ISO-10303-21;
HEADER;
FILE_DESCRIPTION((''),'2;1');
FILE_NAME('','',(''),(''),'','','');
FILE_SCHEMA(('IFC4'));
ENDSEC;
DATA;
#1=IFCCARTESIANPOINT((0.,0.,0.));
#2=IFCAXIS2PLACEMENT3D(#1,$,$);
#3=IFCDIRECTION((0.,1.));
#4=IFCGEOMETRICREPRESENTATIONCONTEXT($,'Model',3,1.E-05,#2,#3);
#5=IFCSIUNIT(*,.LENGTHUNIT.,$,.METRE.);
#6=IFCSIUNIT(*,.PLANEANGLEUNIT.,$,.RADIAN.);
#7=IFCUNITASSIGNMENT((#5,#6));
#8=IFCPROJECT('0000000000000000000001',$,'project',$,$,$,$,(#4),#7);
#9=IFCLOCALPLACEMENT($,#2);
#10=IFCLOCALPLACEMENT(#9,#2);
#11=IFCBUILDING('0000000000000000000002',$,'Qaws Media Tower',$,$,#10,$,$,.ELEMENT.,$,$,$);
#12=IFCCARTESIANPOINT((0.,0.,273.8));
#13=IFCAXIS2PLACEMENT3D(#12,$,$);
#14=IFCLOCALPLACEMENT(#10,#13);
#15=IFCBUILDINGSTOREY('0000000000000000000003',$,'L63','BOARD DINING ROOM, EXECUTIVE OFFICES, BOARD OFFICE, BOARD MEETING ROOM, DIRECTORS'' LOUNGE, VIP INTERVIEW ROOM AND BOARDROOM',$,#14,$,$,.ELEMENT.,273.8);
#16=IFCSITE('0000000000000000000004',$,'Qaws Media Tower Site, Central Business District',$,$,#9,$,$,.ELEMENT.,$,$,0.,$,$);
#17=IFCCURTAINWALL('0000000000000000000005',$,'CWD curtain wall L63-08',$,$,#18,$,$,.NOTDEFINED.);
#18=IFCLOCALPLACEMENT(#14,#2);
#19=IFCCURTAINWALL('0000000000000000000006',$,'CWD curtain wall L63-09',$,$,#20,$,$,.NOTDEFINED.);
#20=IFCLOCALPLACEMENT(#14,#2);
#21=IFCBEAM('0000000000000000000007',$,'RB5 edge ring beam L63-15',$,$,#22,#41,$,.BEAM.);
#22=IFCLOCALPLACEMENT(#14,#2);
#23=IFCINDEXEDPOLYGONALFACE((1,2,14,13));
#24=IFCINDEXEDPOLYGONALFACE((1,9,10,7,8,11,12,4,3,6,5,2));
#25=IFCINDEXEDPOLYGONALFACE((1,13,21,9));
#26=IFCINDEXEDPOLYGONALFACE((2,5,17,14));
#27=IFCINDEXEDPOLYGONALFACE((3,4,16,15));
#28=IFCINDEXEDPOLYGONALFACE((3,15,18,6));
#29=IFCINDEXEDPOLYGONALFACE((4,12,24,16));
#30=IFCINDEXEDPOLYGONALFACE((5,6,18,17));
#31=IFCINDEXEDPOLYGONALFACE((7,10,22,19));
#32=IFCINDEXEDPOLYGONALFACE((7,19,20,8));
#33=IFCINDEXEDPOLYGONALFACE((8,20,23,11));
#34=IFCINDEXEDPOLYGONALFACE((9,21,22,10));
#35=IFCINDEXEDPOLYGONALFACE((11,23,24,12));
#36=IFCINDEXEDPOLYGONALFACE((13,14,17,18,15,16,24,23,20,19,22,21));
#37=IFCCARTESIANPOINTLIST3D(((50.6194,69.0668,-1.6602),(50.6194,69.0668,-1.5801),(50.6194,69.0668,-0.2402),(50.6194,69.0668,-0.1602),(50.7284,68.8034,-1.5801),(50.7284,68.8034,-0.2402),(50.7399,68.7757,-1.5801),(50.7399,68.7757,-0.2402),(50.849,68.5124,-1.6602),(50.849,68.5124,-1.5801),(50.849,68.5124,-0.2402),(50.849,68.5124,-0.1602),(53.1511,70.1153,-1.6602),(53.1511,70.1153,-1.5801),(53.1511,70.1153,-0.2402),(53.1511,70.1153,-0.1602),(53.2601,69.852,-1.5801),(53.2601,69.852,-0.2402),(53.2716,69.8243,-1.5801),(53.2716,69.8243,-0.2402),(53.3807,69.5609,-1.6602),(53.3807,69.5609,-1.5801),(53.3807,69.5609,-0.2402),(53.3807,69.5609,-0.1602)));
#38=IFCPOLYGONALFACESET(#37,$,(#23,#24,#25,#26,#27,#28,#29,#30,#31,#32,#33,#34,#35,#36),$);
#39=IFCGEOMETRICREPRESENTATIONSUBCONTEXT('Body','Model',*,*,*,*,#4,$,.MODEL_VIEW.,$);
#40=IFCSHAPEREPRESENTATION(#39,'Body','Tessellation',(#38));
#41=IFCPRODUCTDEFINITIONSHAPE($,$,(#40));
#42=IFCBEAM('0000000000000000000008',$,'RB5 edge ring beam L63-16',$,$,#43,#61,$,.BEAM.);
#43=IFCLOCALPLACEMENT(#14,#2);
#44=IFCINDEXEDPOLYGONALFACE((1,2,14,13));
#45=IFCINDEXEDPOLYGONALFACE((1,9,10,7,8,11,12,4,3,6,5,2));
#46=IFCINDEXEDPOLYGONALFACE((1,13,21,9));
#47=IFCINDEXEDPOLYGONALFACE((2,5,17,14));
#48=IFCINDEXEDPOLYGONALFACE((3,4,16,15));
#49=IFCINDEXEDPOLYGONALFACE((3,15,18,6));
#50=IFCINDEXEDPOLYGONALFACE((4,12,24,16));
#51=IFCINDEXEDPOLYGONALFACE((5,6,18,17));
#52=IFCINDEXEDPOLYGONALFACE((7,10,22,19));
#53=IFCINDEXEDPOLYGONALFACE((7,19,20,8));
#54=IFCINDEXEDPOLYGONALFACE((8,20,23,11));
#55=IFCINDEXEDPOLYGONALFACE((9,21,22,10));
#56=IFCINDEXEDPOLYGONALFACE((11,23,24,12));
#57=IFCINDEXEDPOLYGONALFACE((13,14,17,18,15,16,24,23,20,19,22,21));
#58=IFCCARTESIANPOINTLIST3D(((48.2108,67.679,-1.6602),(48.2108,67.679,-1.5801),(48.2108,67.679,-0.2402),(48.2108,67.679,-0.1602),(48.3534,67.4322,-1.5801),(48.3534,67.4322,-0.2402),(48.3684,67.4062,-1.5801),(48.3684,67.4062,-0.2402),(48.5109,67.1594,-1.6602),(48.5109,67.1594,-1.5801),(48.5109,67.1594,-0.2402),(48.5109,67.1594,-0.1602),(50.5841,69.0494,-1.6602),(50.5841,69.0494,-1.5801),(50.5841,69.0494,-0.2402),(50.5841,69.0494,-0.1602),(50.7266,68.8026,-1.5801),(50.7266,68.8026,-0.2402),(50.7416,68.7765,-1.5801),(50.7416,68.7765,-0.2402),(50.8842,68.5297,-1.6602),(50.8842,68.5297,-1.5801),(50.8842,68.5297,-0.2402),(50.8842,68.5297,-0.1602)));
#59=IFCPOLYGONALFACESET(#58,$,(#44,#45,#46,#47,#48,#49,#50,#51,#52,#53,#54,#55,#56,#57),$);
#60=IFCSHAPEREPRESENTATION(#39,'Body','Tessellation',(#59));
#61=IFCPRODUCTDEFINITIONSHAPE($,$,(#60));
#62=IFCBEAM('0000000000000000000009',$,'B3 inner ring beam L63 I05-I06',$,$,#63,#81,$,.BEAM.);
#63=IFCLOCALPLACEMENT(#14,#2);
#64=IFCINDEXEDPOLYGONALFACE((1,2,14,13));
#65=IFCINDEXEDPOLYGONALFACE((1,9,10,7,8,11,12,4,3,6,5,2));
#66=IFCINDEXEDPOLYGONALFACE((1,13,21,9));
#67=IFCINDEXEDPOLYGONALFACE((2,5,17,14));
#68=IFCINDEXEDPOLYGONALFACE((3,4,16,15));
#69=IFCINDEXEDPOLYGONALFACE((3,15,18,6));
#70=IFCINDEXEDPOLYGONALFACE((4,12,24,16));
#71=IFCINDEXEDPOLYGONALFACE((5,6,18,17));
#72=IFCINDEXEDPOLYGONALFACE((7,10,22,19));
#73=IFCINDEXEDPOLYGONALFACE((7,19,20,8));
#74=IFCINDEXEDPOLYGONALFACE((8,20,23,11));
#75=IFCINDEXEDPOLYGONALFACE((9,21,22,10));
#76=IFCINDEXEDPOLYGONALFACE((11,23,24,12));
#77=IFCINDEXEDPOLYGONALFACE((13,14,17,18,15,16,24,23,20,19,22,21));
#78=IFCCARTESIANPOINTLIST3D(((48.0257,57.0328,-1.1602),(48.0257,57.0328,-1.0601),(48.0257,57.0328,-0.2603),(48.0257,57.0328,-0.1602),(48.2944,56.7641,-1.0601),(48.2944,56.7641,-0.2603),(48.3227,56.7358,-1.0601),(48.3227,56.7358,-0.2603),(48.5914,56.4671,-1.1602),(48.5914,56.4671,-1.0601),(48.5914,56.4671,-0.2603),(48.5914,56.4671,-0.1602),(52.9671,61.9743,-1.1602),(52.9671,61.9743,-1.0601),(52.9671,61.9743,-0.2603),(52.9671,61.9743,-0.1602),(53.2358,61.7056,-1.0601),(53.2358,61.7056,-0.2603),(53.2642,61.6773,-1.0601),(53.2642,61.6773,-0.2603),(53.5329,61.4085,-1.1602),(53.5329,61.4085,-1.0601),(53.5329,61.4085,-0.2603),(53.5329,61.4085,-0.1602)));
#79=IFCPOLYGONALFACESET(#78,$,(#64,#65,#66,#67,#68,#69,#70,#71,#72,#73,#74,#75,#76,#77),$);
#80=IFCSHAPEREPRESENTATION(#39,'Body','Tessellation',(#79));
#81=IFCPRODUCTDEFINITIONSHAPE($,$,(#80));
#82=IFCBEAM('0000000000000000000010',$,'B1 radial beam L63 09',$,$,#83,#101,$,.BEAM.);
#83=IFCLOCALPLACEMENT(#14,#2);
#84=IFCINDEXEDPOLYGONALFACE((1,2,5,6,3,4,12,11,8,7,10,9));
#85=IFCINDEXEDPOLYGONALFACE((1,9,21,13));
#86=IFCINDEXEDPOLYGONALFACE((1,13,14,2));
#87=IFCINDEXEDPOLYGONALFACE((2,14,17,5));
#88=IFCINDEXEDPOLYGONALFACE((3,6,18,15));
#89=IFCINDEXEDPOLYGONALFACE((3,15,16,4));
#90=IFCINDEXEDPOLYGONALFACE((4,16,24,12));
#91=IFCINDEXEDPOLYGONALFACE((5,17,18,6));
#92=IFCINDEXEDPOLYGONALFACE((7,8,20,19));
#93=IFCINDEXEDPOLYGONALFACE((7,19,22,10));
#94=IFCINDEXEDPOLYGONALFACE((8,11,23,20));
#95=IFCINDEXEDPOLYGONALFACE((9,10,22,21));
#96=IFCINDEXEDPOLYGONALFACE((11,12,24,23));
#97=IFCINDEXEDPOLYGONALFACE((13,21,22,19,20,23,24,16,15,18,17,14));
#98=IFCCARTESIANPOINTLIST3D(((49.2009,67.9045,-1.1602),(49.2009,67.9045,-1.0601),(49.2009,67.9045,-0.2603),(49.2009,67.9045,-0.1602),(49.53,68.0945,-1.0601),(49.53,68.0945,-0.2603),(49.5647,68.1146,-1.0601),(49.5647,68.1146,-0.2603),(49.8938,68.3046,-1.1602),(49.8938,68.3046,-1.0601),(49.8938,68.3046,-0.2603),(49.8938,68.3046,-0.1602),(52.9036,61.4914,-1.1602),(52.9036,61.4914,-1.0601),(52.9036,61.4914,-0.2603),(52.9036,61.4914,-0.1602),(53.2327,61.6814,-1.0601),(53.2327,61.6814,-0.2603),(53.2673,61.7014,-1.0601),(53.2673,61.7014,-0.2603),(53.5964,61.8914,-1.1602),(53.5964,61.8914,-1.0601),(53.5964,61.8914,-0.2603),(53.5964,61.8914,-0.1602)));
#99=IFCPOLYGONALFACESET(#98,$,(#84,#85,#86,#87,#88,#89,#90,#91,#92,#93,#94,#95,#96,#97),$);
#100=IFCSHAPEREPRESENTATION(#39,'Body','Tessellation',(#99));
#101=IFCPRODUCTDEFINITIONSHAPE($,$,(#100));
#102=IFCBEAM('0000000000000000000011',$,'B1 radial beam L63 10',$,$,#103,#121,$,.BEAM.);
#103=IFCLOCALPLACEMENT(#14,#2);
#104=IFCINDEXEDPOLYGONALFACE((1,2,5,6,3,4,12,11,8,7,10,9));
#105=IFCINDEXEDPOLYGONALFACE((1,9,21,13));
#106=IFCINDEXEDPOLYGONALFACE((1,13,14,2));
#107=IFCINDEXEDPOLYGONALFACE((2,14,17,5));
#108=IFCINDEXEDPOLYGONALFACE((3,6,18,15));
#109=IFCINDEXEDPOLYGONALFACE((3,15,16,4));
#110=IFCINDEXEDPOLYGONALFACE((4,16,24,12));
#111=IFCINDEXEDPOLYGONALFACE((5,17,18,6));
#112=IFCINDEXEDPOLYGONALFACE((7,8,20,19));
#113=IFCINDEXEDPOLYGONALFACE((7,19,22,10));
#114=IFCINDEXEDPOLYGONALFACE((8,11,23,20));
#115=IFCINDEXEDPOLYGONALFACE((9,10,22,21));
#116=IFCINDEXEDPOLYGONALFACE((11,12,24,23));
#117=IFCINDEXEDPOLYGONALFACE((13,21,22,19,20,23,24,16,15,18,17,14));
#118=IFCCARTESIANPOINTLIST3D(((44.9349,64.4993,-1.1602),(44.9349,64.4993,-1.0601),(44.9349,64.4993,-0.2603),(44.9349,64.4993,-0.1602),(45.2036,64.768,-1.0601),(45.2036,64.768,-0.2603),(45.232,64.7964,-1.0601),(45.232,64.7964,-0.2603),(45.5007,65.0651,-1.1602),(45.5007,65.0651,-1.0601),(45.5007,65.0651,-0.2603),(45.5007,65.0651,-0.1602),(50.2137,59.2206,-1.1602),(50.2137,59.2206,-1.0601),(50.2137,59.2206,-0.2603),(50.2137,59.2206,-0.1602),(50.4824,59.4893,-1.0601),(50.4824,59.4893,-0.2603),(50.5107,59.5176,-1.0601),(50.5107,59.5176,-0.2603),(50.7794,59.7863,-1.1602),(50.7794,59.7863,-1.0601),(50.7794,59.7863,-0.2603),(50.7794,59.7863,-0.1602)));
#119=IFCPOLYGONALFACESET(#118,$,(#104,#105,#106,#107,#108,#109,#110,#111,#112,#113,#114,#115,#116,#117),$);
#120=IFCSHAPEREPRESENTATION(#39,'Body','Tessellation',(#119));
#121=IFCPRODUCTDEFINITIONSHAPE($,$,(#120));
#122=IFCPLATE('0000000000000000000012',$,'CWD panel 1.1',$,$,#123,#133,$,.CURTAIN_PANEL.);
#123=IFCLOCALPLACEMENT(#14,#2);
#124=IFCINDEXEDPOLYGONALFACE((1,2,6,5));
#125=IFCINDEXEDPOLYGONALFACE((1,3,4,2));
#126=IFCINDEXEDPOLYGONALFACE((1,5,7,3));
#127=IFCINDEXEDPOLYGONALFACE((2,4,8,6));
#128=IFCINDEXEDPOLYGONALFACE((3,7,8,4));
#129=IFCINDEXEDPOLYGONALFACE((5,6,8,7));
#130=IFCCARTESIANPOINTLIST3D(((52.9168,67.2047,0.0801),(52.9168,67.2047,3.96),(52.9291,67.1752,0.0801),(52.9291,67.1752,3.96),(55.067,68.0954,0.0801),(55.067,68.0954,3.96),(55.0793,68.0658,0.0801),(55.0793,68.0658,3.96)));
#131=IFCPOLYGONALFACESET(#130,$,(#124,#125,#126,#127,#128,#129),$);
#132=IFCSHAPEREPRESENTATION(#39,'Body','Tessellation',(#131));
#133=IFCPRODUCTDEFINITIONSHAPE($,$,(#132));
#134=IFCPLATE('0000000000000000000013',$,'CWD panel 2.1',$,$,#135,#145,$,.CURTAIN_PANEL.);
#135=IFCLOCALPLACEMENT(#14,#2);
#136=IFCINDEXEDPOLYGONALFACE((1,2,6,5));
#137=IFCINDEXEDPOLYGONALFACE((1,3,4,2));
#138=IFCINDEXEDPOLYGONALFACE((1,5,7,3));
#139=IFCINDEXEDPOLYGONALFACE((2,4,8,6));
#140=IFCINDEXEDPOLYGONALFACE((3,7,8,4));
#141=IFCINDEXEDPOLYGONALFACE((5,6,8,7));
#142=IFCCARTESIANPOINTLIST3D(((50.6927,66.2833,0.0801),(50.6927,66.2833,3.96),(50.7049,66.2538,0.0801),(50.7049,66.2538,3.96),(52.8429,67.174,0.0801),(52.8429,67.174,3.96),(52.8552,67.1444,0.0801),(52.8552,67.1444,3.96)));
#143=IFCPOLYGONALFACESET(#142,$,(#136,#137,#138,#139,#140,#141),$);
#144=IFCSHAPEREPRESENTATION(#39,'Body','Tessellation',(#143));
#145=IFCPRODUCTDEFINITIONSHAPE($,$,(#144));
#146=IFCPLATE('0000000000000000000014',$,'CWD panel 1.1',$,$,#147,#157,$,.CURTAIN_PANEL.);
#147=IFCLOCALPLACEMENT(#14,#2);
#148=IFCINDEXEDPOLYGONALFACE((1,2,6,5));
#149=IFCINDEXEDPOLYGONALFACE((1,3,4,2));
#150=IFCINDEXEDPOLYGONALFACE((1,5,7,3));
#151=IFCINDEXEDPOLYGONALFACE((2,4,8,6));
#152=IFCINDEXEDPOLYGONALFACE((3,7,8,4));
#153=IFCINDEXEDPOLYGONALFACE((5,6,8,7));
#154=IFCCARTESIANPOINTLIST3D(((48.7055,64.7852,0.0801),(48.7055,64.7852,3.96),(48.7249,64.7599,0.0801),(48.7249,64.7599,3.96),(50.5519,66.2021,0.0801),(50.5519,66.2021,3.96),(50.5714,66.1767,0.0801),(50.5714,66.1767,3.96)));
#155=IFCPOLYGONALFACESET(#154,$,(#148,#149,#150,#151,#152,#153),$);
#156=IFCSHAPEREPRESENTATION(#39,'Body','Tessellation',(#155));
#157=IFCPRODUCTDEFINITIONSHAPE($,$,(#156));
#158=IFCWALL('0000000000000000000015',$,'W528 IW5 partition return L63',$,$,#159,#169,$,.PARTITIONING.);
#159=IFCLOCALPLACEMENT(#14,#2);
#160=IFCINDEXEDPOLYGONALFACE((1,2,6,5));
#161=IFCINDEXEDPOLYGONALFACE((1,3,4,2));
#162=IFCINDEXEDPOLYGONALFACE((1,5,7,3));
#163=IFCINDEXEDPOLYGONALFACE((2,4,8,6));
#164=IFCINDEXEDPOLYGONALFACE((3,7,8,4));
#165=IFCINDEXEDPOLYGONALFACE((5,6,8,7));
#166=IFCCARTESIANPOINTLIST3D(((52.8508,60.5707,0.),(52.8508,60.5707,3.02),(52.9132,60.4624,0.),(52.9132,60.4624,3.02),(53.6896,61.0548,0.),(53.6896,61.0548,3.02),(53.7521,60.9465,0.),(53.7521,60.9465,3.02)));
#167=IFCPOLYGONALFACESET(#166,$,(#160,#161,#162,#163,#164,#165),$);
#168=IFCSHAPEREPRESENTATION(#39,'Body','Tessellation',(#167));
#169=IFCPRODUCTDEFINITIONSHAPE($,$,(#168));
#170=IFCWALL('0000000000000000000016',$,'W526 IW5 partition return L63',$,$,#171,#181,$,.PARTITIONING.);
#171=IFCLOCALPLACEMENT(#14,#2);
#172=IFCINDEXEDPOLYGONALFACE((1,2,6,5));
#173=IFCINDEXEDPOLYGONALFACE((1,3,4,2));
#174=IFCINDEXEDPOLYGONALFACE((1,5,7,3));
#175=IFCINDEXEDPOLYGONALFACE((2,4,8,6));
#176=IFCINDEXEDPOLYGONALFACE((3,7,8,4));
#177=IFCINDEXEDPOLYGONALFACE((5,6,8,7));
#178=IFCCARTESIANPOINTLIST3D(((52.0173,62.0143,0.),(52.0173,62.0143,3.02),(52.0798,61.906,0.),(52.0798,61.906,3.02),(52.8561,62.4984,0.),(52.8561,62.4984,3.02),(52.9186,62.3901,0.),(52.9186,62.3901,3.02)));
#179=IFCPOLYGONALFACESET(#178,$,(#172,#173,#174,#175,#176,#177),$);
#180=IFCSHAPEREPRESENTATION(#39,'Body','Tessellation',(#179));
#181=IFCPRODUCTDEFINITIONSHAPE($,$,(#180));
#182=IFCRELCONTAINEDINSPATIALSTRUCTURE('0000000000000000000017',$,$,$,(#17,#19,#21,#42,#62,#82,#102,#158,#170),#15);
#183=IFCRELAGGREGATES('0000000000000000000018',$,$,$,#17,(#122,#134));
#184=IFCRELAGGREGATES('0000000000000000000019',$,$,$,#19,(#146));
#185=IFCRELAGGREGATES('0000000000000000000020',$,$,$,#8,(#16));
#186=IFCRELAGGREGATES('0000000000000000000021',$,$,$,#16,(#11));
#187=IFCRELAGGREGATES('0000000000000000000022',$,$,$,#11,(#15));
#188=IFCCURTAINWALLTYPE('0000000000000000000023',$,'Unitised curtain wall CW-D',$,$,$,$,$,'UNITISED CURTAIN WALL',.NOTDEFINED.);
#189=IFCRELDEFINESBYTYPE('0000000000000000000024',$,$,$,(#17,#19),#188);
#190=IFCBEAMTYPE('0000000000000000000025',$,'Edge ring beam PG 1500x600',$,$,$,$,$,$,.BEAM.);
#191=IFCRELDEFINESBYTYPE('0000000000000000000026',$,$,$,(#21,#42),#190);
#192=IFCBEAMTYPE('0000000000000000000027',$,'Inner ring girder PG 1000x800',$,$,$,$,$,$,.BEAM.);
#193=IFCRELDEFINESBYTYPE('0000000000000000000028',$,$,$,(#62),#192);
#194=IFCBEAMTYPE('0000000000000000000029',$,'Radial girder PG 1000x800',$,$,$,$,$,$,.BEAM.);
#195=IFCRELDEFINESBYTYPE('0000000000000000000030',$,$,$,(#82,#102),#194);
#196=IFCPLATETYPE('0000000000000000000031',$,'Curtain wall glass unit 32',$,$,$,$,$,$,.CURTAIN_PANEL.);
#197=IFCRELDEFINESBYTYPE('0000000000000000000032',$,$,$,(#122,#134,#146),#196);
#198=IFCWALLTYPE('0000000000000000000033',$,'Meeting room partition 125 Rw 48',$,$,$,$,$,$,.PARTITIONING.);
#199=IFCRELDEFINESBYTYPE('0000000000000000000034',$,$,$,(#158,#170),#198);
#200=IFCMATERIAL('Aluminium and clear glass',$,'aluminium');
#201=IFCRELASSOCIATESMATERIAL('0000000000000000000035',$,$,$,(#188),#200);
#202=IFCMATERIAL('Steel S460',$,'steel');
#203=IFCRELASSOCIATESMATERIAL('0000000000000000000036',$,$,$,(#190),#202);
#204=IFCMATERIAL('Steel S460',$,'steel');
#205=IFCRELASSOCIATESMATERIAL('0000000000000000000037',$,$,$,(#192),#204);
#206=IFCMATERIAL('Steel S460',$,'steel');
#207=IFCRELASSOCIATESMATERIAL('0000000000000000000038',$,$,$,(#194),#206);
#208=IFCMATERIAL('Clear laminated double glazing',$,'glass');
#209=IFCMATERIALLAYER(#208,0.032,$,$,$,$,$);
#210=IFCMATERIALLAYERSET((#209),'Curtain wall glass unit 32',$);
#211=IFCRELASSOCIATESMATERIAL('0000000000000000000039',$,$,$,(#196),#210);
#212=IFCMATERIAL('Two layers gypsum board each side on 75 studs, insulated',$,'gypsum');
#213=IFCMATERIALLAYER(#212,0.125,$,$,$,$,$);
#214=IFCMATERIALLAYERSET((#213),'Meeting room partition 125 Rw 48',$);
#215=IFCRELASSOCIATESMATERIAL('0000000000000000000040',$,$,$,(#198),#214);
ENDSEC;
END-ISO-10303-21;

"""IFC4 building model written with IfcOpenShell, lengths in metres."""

from ifc_helpers import new_model, si_unit, direction, frame, frame_2d, origin, origin_2d, place, context, subcontext, project, spatial, rectangle, i_section, extrude, material, layer, layer_set, material_profile, profile_set, type_object, element, aggregate, save


model = new_model("IFC4")

# Units and contexts
model_context = context("Model", 3, precision=1e-05, world=origin(), true_north=direction((0.0, 1.0)))
body_context = subcontext(model_context, "Body", "Model", "MODEL_VIEW")
ifc_project = project(units=[si_unit("LENGTHUNIT", "METRE"), si_unit("PLANEANGLEUNIT", "RADIAN")], contexts=[model_context])

# Site, building, storey
site_placement = place(None, origin())
site = spatial("IfcSite", under=ifc_project, at=site_placement, Name="Qaws Media Tower Site, Central Business District", CompositionType="ELEMENT", RefElevation=0.0)
building_placement = place(site_placement, origin())
building = spatial("IfcBuilding", under=site, at=building_placement, Name="Qaws Media Tower", CompositionType="ELEMENT")
storey_placement = place(building_placement, frame((0.0, 0.0, 273.8)))
storey = spatial("IfcBuildingStorey", under=building, at=storey_placement, Name="L63", Description="BOARD DINING ROOM, EXECUTIVE OFFICES, BOARD OFFICE, BOARD MEETING ROOM, DIRECTORS' LOUNGE, VIP INTERVIEW ROOM AND BOARDROOM", CompositionType="ELEMENT", Elevation=273.8)

# Curtain wall
ifc_material_1 = material(Name="Aluminium and clear glass", Category="aluminium")
curtain_wall_type = type_object("IfcCurtainWallType", Name="Unitised curtain wall CW-D", ElementType="UNITISED CURTAIN WALL", PredefinedType="NOTDEFINED", material=ifc_material_1)
curtain_wall_1_placement = place(storey_placement, origin())
curtain_wall_1 = element("IfcCurtainWall", 1, at=curtain_wall_1_placement, inside=storey, type_object=curtain_wall_type, Name="CWD curtain wall L63-08", PredefinedType="NOTDEFINED")

# Curtain wall
curtain_wall_2_placement = place(storey_placement, origin())
curtain_wall_2 = element("IfcCurtainWall", 2, at=curtain_wall_2_placement, inside=storey, type_object=curtain_wall_type, Name="CWD curtain wall L63-09", PredefinedType="NOTDEFINED")

# Beams
ifc_material_2 = material(Name="Steel S460", Category="steel")
ifc_material_profile_1 = material_profile(ifc_material_2, i_section(OverallWidth=0.6001, OverallDepth=1.5, WebThickness=0.03, FlangeThickness=0.0801, at=origin_2d()), Name="PG 1500x600")
ifc_profile_set_1 = profile_set([ifc_material_profile_1], Name="Steel S460")
beam_type_1 = type_object("IfcBeamType", Name="Edge ring beam PG 1500x600", PredefinedType="BEAM", material=ifc_profile_set_1)
for number, where, z_axis, x_axis, name in (
    (3, (53.2659, 69.8381, -0.9102), (-0.923892, -0.382653, 0.0), (0.382653, -0.923892, 0.0), "RB5 edge ring beam L63-15"),
):
    element("IfcBeam", number, at=place(storey_placement, frame(where, z_axis=z_axis, x_axis=x_axis)), inside=storey, type_object=beam_type_1, Name=name, PredefinedType="BEAM", context=body_context, shape_type="SweptSolid", body=[
        extrude(i_section(OverallWidth=0.6001, OverallDepth=1.5, WebThickness=0.03, FlangeThickness=0.0801, at=origin_2d()), origin(), (0.0, 0.0, 1.0), 2.7402),
    ])
beam_1_placement = place(storey_placement, frame((50.7341, 68.7896, -0.9102), z_axis=(-0.866003, -0.500039, 0.0), x_axis=(0.500039, -0.866003, 0.0)))
element("IfcBeam", 4, at=beam_1_placement, inside=storey, type_object=beam_type_1, Name="RB5 edge ring beam L63-16", PredefinedType="BEAM", context=body_context, shape_type="SweptSolid", body=[
    extrude(i_section(OverallWidth=0.6001, OverallDepth=1.5, WebThickness=0.03, FlangeThickness=0.0801, at=origin_2d()), origin(), (0.0, 0.0, 1.0), 2.7405),
])
ifc_material_3 = material(Name="Steel S460", Category="steel")
ifc_material_profile_2 = material_profile(ifc_material_3, i_section(OverallWidth=0.8, OverallDepth=1.0, WebThickness=0.04, FlangeThickness=0.1001, at=origin_2d()), Name="PG 1000x800")
ifc_profile_set_2 = profile_set([ifc_material_profile_2], Name="Steel S460")
beam_type_2 = type_object("IfcBeamType", Name="Inner ring girder PG 1000x800", PredefinedType="BEAM", material=ifc_profile_set_2)
beam_2_placement = place(storey_placement, frame((53.25, 61.6914, -0.6602), z_axis=(-0.707107, -0.707107, 0.0), x_axis=(0.707107, -0.707107, 0.0)))
element("IfcBeam", 5, at=beam_2_placement, inside=storey, type_object=beam_type_2, Name="B3 inner ring beam L63 I05-I06", PredefinedType="BEAM", context=body_context, shape_type="SweptSolid", body=[
    extrude(i_section(OverallWidth=0.8, OverallDepth=1.0, WebThickness=0.04, FlangeThickness=0.1001, at=origin_2d()), origin(), (0.0, 0.0, 1.0), 6.9883),
])
ifc_material_4 = material(Name="Steel S460", Category="steel")
ifc_material_profile_3 = material_profile(ifc_material_4, i_section(OverallWidth=0.8, OverallDepth=1.0, WebThickness=0.04, FlangeThickness=0.1001, at=origin_2d()), Name="PG 1000x800")
ifc_profile_set_3 = profile_set([ifc_material_profile_3], Name="Steel S460")
beam_type_3 = type_object("IfcBeamType", Name="Radial girder PG 1000x800", PredefinedType="BEAM", material=ifc_profile_set_3)
beam_3_placement = place(storey_placement, frame((53.25, 61.6914, -0.6602), z_axis=(-0.500004, 0.866023, 0.0), x_axis=(-0.866023, -0.500004, 0.0)))
element("IfcBeam", 6, at=beam_3_placement, inside=storey, type_object=beam_type_3, Name="B1 radial beam L63 09", PredefinedType="BEAM", context=body_context, shape_type="SweptSolid", body=[
    extrude(i_section(OverallWidth=0.8, OverallDepth=1.0, WebThickness=0.04, FlangeThickness=0.1001, at=origin_2d()), origin(), (0.0, 0.0, 1.0), 7.4053),
])
beam_4_placement = place(storey_placement, frame((50.4966, 59.5034, -0.6602), z_axis=(-0.707107, 0.707107, 0.0), x_axis=(-0.707107, -0.707107, 0.0)))
element("IfcBeam", 7, at=beam_4_placement, inside=storey, type_object=beam_type_3, Name="B1 radial beam L63 10", PredefinedType="BEAM", context=body_context, shape_type="SweptSolid", body=[
    extrude(i_section(OverallWidth=0.8, OverallDepth=1.0, WebThickness=0.04, FlangeThickness=0.1001, at=origin_2d()), origin(), (0.0, 0.0, 1.0), 7.4653),
])

# Plates
ifc_material_5 = material(Name="Clear laminated double glazing", Category="glass")
ifc_layer_1 = layer(ifc_material_5, 0.032)
ifc_layer_set_1 = layer_set([ifc_layer_1], Name="Curtain wall glass unit 32")
plate_type = type_object("IfcPlateType", Name="Curtain wall glass unit 32", PredefinedType="CURTAIN_PANEL", material=ifc_layer_set_1)
plate_1_placement = place(storey_placement, frame((53.998, 67.6353, 0.0801), z_axis=(0.0, 0.0, 1.0), x_axis=(-0.92388, -0.382683, 0.0)))
plate_1 = element("IfcPlate", 8, at=plate_1_placement, type_object=plate_type, Name="CWD panel 1.1", PredefinedType="CURTAIN_PANEL", context=body_context, shape_type="SweptSolid", body=[
    extrude(rectangle(XDim=2.3274, YDim=0.032, at=origin_2d()), origin(), (0.0, 0.0, 1.0), 3.8799),
])
plate_2_placement = place(storey_placement, frame((51.7739, 66.7139, 0.0801), z_axis=(0.0, 0.0, 1.0), x_axis=(-0.92388, -0.382683, 0.0)))
plate_2 = element("IfcPlate", 9, at=plate_2_placement, type_object=plate_type, Name="CWD panel 2.1", PredefinedType="CURTAIN_PANEL", context=body_context, shape_type="SweptSolid", body=[
    extrude(rectangle(XDim=2.3274, YDim=0.032, at=origin_2d()), origin(), (0.0, 0.0, 1.0), 3.8799),
])
aggregate(curtain_wall_1, [plate_1, plate_2])
plate_3_placement = place(storey_placement, frame((49.6384, 65.481, 0.0801), z_axis=(0.0, 0.0, 1.0), x_axis=(-0.793353, -0.608761, 0.0)))
plate_3 = element("IfcPlate", 10, at=plate_3_placement, type_object=plate_type, Name="CWD panel 1.1", PredefinedType="CURTAIN_PANEL", context=body_context, shape_type="SweptSolid", body=[
    extrude(rectangle(XDim=2.3274, YDim=0.032, at=origin_2d()), origin(), (0.0, 0.0, 1.0), 3.8799),
])
aggregate(curtain_wall_2, [plate_3])

# Walls
ifc_material_6 = material(Name="Two layers gypsum board each side on 75 studs, insulated", Category="gypsum")
ifc_layer_2 = layer(ifc_material_6, 0.125)
ifc_layer_set_2 = layer_set([ifc_layer_2], Name="Meeting room partition 125 Rw 48")
wall_type_1 = type_object("IfcWallType", Name="Meeting room partition 125 Rw 48", PredefinedType="PARTITIONING", material=ifc_layer_set_2)
for number, where, z_axis, x_axis, name in (
    (11, (53.7209, 61.0007, 0.0), (0.0, 0.0, 1.0), (-0.86611, -0.499853, 0.0), "W528 IW5 partition return L63"),
    (12, (52.8875, 62.4443, 0.0), (0.0, 0.0, 1.0), (-0.86611, -0.499853, 0.0), "W526 IW5 partition return L63"),
):
    element("IfcWall", number, at=place(storey_placement, frame(where, z_axis=z_axis, x_axis=x_axis)), inside=storey, type_object=wall_type_1, Name=name, PredefinedType="PARTITIONING", context=body_context, shape_type="SweptSolid", body=[
        extrude(rectangle(XDim=0.9685, YDim=0.125, at=frame_2d((0.4844, 0.0))), origin(), (0.0, 0.0, 1.0), 3.02),
    ])

save(model, "model.ifc")
